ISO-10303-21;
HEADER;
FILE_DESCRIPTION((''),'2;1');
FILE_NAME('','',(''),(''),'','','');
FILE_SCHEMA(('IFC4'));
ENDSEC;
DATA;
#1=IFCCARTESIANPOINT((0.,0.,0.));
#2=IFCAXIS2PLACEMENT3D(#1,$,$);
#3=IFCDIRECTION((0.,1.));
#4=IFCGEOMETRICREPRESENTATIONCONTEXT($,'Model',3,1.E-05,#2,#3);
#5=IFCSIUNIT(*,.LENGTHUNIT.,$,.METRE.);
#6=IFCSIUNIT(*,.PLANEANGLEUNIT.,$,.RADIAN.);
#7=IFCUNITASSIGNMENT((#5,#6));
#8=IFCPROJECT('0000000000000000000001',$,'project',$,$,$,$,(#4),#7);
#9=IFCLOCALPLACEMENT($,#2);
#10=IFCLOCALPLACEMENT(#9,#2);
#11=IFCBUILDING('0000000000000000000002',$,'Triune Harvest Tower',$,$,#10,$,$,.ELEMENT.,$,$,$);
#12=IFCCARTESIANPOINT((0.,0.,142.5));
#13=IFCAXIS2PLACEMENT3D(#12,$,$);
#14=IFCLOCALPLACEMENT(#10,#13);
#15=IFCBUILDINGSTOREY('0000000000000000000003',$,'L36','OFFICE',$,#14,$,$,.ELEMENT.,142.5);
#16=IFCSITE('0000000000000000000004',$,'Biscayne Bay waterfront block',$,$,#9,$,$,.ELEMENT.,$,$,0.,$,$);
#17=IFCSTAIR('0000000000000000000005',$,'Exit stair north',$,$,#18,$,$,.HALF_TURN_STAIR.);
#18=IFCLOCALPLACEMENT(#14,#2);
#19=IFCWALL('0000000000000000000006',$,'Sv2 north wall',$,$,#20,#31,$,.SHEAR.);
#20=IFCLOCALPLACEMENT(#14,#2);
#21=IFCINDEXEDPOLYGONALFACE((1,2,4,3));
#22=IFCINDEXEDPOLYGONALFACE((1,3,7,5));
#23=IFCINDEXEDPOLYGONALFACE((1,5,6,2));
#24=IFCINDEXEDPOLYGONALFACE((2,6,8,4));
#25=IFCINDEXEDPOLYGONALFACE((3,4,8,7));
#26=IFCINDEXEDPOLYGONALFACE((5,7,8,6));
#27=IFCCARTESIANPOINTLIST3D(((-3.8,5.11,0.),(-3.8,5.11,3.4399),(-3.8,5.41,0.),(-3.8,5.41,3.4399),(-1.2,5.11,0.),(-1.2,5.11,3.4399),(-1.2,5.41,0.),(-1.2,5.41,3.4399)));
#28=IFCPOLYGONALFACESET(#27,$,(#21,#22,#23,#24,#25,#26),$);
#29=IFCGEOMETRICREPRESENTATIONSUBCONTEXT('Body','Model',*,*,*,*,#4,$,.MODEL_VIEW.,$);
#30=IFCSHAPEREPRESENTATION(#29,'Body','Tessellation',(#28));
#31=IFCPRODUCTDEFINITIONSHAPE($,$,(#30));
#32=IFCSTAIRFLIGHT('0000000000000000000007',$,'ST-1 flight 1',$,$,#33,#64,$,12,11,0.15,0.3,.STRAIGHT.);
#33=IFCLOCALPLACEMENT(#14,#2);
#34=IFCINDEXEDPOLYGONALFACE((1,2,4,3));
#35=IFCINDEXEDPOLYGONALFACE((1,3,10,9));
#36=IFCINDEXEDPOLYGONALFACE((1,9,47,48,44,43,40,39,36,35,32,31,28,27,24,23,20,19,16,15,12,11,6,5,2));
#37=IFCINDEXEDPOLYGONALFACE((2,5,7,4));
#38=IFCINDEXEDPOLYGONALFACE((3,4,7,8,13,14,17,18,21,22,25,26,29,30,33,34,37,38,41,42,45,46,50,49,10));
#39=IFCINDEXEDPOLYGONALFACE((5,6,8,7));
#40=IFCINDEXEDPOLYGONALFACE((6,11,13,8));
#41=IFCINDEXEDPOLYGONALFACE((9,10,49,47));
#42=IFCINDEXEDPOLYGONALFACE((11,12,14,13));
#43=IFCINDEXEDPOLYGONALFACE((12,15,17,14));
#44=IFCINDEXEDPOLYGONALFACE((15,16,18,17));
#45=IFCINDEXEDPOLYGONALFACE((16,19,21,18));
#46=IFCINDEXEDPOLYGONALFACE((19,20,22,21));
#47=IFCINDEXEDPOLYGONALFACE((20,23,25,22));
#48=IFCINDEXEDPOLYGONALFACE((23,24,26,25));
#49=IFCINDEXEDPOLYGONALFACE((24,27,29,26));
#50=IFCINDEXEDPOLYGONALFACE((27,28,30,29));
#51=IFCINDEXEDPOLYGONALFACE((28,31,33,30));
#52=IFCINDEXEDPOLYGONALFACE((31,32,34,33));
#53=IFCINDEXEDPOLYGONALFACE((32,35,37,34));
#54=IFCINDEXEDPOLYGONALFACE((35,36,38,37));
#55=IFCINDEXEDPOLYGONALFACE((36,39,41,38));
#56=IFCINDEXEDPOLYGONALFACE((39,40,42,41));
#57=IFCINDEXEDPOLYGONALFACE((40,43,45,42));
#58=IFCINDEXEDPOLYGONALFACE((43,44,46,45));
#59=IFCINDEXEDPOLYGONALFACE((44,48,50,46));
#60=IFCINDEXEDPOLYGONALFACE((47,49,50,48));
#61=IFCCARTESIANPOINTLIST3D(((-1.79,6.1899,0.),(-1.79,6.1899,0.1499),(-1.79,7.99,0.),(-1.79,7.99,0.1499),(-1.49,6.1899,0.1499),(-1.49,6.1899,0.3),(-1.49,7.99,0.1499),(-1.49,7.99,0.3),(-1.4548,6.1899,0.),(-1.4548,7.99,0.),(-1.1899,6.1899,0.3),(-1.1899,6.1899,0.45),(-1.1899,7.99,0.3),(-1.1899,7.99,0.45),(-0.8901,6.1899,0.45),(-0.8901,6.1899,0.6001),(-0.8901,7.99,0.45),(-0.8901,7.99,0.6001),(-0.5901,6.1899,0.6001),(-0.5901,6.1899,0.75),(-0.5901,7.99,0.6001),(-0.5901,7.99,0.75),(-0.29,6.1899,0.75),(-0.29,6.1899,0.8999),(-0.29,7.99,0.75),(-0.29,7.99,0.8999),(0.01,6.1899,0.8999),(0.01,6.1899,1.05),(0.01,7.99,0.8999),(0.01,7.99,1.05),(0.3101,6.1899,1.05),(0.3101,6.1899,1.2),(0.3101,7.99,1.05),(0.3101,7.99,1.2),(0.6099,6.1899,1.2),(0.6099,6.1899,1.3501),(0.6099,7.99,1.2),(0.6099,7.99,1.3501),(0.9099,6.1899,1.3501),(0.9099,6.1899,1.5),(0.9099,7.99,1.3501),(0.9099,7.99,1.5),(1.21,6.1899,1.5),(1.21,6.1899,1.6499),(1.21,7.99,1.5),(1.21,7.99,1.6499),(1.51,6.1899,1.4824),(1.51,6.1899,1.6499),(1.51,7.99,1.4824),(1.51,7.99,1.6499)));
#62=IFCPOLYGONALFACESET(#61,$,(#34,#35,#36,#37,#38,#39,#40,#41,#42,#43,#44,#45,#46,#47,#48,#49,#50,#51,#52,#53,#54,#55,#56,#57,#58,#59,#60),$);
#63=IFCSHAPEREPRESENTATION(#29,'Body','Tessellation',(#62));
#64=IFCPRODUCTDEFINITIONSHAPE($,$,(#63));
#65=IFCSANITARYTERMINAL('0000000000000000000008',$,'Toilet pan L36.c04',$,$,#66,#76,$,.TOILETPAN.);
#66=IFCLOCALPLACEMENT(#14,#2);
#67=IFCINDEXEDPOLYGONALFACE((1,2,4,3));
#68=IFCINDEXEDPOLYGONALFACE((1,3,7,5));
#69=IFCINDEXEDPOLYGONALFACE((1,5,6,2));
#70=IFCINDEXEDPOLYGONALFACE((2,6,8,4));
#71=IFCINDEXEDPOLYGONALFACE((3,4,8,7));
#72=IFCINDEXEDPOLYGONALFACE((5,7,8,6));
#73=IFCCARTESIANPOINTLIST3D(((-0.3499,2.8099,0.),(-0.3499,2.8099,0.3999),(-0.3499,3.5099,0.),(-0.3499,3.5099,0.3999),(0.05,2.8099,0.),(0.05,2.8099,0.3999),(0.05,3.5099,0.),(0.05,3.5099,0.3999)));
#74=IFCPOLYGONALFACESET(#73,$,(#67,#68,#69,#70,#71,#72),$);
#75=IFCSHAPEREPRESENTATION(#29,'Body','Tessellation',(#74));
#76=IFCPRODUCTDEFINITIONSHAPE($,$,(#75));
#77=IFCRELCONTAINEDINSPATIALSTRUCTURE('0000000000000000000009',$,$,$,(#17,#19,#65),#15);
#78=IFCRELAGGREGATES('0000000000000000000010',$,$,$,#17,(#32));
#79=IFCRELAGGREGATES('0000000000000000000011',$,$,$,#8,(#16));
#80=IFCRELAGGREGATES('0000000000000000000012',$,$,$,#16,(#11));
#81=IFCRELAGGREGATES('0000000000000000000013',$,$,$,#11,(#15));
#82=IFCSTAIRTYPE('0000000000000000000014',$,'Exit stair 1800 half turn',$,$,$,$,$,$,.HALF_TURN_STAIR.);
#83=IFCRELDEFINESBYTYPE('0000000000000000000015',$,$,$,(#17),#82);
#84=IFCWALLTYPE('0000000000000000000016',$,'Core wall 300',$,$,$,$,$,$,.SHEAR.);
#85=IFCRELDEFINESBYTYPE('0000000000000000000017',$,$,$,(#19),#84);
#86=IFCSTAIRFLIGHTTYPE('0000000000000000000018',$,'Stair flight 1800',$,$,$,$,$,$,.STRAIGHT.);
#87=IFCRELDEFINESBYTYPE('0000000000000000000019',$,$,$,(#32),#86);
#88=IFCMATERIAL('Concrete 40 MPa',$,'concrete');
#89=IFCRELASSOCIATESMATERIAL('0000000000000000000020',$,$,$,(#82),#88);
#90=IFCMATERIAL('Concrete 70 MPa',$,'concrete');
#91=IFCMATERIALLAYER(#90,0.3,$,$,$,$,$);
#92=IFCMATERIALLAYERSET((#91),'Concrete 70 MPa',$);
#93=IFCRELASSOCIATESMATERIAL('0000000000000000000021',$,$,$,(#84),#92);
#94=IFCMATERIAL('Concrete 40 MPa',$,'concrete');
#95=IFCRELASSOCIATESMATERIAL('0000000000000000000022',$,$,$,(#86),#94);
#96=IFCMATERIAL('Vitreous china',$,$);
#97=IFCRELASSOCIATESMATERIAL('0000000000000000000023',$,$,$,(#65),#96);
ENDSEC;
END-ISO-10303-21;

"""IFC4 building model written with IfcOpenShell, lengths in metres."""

from ifc_helpers import new_model, si_unit, direction, frame, frame_2d, origin, origin_2d, place, context, subcontext, project, spatial, polyline, rectangle, outline, extrude, source, transform, mapped, material, layer, layer_set, type_object, element, aggregate, save


model = new_model("IFC4")

# Units and contexts
model_context = context("Model", 3, precision=1e-05, world=origin(), true_north=direction((0.0, 1.0)))
body_context = subcontext(model_context, "Body", "Model", "MODEL_VIEW")
ifc_project = project(units=[si_unit("LENGTHUNIT", "METRE"), si_unit("PLANEANGLEUNIT", "RADIAN")], contexts=[model_context])

# Site, building, storey
site_placement = place(None, origin())
site = spatial("IfcSite", under=ifc_project, at=site_placement, Name="Biscayne Bay waterfront block", CompositionType="ELEMENT", RefElevation=0.0)
building_placement = place(site_placement, origin())
building = spatial("IfcBuilding", under=site, at=building_placement, Name="Triune Harvest Tower", CompositionType="ELEMENT")
storey_placement = place(building_placement, frame((0.0, 0.0, 142.5)))
storey = spatial("IfcBuildingStorey", under=building, at=storey_placement, Name="L36", Description="OFFICE", CompositionType="ELEMENT", Elevation=142.5)

# Stair
ifc_material_1 = material(Name="Concrete 40 MPa", Category="concrete")
stair_type = type_object("IfcStairType", Name="Exit stair 1800 half turn", PredefinedType="HALF_TURN_STAIR", material=ifc_material_1)
stair_placement = place(storey_placement, origin())
stair = element("IfcStair", 1, at=stair_placement, inside=storey, type_object=stair_type, Name="Exit stair north", PredefinedType="HALF_TURN_STAIR")

# Shared definitions
ifc_material_2 = material(Name="Concrete 70 MPa", Category="concrete")
ifc_layer_1 = layer(ifc_material_2, 0.3)
ifc_layer_set_1 = layer_set([ifc_layer_1], Name="Concrete 70 MPa")
wall_type_1 = type_object("IfcWallType", Name="Core wall 300", PredefinedType="SHEAR", material=ifc_layer_set_1)

# Wall
shared_shape_1 = source(origin(), body_context, "Body", "SweptSolid", [
    extrude(rectangle(XDim=2.6001, YDim=0.3, at=frame_2d((1.3, 0.0))), origin(), (0.0, 0.0, 1.0), 3.4399),
])
wall_1_placement = place(storey_placement, frame((-3.8, 5.26, 0.0), z_axis=(0.0, 0.0, 1.0), x_axis=(1.0, 0.0, 0.0)))
element("IfcWall", 2, at=wall_1_placement, inside=storey, type_object=wall_type_1, Name="Sv2 north wall", PredefinedType="SHEAR", context=body_context, shape_type="MappedRepresentation", body=[
    mapped(shared_shape_1, transform((0.0, 0.0, 0.0), scale=1.0)),
])

# Stair flight
ifc_material_3 = material(Name="Concrete 40 MPa", Category="concrete")
stair_flight_type = type_object("IfcStairFlightType", Name="Stair flight 1800", PredefinedType="STRAIGHT", material=ifc_material_3)
shared_shape_2 = source(origin(), body_context, "Body", "SweptSolid", [
    extrude(outline(polyline([(0.0, 0.0), (0.0, 0.1499), (0.3, 0.1499), (0.3, 0.3), (0.6001, 0.3), (0.6001, 0.45), (0.8999, 0.45), (0.8999, 0.6001), (1.2, 0.6001), (1.2, 0.75), (1.5, 0.75), (1.5, 0.8999), (1.8, 0.8999), (1.8, 1.05), (2.1001, 1.05), (2.1001, 1.2), (2.3999, 1.2), (2.3999, 1.3501), (2.7, 1.3501), (2.7, 1.5), (3.0, 1.5), (3.0, 1.6499), (3.3, 1.6499), (3.3, 1.8), (3.3, 1.4824), (0.3352, 0.0), (0.0, 0.0)])), frame((0.0, 0.8999, 0.0), z_axis=(0.0, -1.0, 0.0), x_axis=(1.0, 0.0, 0.0)), (0.0, 0.0, 1.0), 1.8),
])
stair_flight_placement = place(storey_placement, frame((-1.79, 7.0901, 0.0), z_axis=(0.0, 0.0, 1.0), x_axis=(1.0, 0.0, 0.0)))
stair_flight = element("IfcStairFlight", 3, at=stair_flight_placement, type_object=stair_flight_type, Name="ST-1 flight 1", NumberOfRisers=12, NumberOfTreads=11, PredefinedType="STRAIGHT", RiserHeight=0.15, TreadLength=0.3, context=body_context, shape_type="MappedRepresentation", body=[
    mapped(shared_shape_2, transform((0.0, 0.0, 0.0), scale=1.0)),
])
aggregate(stair, [stair_flight])

# Sanitary terminal
ifc_material_4 = material(Name="Vitreous china")
shared_shape_3 = source(origin(), body_context, "Body", "SweptSolid", [
    extrude(rectangle(XDim=0.3999, YDim=0.7, at=origin_2d()), origin(), (0.0, 0.0, 1.0), 0.3999),
])
sanitary_terminal_placement = place(storey_placement, frame((-0.1499, 3.1599, 0.0), z_axis=(0.0, 0.0, 1.0), x_axis=(-1.0, 0.0, 0.0)))
element("IfcSanitaryTerminal", 4, at=sanitary_terminal_placement, inside=storey, material=ifc_material_4, Name="Toilet pan L36.c04", PredefinedType="TOILETPAN", context=body_context, shape_type="MappedRepresentation", body=[
    mapped(shared_shape_3, transform((0.0, 0.0, 0.0), scale=1.0)),
])

save(model, "model.ifc")
